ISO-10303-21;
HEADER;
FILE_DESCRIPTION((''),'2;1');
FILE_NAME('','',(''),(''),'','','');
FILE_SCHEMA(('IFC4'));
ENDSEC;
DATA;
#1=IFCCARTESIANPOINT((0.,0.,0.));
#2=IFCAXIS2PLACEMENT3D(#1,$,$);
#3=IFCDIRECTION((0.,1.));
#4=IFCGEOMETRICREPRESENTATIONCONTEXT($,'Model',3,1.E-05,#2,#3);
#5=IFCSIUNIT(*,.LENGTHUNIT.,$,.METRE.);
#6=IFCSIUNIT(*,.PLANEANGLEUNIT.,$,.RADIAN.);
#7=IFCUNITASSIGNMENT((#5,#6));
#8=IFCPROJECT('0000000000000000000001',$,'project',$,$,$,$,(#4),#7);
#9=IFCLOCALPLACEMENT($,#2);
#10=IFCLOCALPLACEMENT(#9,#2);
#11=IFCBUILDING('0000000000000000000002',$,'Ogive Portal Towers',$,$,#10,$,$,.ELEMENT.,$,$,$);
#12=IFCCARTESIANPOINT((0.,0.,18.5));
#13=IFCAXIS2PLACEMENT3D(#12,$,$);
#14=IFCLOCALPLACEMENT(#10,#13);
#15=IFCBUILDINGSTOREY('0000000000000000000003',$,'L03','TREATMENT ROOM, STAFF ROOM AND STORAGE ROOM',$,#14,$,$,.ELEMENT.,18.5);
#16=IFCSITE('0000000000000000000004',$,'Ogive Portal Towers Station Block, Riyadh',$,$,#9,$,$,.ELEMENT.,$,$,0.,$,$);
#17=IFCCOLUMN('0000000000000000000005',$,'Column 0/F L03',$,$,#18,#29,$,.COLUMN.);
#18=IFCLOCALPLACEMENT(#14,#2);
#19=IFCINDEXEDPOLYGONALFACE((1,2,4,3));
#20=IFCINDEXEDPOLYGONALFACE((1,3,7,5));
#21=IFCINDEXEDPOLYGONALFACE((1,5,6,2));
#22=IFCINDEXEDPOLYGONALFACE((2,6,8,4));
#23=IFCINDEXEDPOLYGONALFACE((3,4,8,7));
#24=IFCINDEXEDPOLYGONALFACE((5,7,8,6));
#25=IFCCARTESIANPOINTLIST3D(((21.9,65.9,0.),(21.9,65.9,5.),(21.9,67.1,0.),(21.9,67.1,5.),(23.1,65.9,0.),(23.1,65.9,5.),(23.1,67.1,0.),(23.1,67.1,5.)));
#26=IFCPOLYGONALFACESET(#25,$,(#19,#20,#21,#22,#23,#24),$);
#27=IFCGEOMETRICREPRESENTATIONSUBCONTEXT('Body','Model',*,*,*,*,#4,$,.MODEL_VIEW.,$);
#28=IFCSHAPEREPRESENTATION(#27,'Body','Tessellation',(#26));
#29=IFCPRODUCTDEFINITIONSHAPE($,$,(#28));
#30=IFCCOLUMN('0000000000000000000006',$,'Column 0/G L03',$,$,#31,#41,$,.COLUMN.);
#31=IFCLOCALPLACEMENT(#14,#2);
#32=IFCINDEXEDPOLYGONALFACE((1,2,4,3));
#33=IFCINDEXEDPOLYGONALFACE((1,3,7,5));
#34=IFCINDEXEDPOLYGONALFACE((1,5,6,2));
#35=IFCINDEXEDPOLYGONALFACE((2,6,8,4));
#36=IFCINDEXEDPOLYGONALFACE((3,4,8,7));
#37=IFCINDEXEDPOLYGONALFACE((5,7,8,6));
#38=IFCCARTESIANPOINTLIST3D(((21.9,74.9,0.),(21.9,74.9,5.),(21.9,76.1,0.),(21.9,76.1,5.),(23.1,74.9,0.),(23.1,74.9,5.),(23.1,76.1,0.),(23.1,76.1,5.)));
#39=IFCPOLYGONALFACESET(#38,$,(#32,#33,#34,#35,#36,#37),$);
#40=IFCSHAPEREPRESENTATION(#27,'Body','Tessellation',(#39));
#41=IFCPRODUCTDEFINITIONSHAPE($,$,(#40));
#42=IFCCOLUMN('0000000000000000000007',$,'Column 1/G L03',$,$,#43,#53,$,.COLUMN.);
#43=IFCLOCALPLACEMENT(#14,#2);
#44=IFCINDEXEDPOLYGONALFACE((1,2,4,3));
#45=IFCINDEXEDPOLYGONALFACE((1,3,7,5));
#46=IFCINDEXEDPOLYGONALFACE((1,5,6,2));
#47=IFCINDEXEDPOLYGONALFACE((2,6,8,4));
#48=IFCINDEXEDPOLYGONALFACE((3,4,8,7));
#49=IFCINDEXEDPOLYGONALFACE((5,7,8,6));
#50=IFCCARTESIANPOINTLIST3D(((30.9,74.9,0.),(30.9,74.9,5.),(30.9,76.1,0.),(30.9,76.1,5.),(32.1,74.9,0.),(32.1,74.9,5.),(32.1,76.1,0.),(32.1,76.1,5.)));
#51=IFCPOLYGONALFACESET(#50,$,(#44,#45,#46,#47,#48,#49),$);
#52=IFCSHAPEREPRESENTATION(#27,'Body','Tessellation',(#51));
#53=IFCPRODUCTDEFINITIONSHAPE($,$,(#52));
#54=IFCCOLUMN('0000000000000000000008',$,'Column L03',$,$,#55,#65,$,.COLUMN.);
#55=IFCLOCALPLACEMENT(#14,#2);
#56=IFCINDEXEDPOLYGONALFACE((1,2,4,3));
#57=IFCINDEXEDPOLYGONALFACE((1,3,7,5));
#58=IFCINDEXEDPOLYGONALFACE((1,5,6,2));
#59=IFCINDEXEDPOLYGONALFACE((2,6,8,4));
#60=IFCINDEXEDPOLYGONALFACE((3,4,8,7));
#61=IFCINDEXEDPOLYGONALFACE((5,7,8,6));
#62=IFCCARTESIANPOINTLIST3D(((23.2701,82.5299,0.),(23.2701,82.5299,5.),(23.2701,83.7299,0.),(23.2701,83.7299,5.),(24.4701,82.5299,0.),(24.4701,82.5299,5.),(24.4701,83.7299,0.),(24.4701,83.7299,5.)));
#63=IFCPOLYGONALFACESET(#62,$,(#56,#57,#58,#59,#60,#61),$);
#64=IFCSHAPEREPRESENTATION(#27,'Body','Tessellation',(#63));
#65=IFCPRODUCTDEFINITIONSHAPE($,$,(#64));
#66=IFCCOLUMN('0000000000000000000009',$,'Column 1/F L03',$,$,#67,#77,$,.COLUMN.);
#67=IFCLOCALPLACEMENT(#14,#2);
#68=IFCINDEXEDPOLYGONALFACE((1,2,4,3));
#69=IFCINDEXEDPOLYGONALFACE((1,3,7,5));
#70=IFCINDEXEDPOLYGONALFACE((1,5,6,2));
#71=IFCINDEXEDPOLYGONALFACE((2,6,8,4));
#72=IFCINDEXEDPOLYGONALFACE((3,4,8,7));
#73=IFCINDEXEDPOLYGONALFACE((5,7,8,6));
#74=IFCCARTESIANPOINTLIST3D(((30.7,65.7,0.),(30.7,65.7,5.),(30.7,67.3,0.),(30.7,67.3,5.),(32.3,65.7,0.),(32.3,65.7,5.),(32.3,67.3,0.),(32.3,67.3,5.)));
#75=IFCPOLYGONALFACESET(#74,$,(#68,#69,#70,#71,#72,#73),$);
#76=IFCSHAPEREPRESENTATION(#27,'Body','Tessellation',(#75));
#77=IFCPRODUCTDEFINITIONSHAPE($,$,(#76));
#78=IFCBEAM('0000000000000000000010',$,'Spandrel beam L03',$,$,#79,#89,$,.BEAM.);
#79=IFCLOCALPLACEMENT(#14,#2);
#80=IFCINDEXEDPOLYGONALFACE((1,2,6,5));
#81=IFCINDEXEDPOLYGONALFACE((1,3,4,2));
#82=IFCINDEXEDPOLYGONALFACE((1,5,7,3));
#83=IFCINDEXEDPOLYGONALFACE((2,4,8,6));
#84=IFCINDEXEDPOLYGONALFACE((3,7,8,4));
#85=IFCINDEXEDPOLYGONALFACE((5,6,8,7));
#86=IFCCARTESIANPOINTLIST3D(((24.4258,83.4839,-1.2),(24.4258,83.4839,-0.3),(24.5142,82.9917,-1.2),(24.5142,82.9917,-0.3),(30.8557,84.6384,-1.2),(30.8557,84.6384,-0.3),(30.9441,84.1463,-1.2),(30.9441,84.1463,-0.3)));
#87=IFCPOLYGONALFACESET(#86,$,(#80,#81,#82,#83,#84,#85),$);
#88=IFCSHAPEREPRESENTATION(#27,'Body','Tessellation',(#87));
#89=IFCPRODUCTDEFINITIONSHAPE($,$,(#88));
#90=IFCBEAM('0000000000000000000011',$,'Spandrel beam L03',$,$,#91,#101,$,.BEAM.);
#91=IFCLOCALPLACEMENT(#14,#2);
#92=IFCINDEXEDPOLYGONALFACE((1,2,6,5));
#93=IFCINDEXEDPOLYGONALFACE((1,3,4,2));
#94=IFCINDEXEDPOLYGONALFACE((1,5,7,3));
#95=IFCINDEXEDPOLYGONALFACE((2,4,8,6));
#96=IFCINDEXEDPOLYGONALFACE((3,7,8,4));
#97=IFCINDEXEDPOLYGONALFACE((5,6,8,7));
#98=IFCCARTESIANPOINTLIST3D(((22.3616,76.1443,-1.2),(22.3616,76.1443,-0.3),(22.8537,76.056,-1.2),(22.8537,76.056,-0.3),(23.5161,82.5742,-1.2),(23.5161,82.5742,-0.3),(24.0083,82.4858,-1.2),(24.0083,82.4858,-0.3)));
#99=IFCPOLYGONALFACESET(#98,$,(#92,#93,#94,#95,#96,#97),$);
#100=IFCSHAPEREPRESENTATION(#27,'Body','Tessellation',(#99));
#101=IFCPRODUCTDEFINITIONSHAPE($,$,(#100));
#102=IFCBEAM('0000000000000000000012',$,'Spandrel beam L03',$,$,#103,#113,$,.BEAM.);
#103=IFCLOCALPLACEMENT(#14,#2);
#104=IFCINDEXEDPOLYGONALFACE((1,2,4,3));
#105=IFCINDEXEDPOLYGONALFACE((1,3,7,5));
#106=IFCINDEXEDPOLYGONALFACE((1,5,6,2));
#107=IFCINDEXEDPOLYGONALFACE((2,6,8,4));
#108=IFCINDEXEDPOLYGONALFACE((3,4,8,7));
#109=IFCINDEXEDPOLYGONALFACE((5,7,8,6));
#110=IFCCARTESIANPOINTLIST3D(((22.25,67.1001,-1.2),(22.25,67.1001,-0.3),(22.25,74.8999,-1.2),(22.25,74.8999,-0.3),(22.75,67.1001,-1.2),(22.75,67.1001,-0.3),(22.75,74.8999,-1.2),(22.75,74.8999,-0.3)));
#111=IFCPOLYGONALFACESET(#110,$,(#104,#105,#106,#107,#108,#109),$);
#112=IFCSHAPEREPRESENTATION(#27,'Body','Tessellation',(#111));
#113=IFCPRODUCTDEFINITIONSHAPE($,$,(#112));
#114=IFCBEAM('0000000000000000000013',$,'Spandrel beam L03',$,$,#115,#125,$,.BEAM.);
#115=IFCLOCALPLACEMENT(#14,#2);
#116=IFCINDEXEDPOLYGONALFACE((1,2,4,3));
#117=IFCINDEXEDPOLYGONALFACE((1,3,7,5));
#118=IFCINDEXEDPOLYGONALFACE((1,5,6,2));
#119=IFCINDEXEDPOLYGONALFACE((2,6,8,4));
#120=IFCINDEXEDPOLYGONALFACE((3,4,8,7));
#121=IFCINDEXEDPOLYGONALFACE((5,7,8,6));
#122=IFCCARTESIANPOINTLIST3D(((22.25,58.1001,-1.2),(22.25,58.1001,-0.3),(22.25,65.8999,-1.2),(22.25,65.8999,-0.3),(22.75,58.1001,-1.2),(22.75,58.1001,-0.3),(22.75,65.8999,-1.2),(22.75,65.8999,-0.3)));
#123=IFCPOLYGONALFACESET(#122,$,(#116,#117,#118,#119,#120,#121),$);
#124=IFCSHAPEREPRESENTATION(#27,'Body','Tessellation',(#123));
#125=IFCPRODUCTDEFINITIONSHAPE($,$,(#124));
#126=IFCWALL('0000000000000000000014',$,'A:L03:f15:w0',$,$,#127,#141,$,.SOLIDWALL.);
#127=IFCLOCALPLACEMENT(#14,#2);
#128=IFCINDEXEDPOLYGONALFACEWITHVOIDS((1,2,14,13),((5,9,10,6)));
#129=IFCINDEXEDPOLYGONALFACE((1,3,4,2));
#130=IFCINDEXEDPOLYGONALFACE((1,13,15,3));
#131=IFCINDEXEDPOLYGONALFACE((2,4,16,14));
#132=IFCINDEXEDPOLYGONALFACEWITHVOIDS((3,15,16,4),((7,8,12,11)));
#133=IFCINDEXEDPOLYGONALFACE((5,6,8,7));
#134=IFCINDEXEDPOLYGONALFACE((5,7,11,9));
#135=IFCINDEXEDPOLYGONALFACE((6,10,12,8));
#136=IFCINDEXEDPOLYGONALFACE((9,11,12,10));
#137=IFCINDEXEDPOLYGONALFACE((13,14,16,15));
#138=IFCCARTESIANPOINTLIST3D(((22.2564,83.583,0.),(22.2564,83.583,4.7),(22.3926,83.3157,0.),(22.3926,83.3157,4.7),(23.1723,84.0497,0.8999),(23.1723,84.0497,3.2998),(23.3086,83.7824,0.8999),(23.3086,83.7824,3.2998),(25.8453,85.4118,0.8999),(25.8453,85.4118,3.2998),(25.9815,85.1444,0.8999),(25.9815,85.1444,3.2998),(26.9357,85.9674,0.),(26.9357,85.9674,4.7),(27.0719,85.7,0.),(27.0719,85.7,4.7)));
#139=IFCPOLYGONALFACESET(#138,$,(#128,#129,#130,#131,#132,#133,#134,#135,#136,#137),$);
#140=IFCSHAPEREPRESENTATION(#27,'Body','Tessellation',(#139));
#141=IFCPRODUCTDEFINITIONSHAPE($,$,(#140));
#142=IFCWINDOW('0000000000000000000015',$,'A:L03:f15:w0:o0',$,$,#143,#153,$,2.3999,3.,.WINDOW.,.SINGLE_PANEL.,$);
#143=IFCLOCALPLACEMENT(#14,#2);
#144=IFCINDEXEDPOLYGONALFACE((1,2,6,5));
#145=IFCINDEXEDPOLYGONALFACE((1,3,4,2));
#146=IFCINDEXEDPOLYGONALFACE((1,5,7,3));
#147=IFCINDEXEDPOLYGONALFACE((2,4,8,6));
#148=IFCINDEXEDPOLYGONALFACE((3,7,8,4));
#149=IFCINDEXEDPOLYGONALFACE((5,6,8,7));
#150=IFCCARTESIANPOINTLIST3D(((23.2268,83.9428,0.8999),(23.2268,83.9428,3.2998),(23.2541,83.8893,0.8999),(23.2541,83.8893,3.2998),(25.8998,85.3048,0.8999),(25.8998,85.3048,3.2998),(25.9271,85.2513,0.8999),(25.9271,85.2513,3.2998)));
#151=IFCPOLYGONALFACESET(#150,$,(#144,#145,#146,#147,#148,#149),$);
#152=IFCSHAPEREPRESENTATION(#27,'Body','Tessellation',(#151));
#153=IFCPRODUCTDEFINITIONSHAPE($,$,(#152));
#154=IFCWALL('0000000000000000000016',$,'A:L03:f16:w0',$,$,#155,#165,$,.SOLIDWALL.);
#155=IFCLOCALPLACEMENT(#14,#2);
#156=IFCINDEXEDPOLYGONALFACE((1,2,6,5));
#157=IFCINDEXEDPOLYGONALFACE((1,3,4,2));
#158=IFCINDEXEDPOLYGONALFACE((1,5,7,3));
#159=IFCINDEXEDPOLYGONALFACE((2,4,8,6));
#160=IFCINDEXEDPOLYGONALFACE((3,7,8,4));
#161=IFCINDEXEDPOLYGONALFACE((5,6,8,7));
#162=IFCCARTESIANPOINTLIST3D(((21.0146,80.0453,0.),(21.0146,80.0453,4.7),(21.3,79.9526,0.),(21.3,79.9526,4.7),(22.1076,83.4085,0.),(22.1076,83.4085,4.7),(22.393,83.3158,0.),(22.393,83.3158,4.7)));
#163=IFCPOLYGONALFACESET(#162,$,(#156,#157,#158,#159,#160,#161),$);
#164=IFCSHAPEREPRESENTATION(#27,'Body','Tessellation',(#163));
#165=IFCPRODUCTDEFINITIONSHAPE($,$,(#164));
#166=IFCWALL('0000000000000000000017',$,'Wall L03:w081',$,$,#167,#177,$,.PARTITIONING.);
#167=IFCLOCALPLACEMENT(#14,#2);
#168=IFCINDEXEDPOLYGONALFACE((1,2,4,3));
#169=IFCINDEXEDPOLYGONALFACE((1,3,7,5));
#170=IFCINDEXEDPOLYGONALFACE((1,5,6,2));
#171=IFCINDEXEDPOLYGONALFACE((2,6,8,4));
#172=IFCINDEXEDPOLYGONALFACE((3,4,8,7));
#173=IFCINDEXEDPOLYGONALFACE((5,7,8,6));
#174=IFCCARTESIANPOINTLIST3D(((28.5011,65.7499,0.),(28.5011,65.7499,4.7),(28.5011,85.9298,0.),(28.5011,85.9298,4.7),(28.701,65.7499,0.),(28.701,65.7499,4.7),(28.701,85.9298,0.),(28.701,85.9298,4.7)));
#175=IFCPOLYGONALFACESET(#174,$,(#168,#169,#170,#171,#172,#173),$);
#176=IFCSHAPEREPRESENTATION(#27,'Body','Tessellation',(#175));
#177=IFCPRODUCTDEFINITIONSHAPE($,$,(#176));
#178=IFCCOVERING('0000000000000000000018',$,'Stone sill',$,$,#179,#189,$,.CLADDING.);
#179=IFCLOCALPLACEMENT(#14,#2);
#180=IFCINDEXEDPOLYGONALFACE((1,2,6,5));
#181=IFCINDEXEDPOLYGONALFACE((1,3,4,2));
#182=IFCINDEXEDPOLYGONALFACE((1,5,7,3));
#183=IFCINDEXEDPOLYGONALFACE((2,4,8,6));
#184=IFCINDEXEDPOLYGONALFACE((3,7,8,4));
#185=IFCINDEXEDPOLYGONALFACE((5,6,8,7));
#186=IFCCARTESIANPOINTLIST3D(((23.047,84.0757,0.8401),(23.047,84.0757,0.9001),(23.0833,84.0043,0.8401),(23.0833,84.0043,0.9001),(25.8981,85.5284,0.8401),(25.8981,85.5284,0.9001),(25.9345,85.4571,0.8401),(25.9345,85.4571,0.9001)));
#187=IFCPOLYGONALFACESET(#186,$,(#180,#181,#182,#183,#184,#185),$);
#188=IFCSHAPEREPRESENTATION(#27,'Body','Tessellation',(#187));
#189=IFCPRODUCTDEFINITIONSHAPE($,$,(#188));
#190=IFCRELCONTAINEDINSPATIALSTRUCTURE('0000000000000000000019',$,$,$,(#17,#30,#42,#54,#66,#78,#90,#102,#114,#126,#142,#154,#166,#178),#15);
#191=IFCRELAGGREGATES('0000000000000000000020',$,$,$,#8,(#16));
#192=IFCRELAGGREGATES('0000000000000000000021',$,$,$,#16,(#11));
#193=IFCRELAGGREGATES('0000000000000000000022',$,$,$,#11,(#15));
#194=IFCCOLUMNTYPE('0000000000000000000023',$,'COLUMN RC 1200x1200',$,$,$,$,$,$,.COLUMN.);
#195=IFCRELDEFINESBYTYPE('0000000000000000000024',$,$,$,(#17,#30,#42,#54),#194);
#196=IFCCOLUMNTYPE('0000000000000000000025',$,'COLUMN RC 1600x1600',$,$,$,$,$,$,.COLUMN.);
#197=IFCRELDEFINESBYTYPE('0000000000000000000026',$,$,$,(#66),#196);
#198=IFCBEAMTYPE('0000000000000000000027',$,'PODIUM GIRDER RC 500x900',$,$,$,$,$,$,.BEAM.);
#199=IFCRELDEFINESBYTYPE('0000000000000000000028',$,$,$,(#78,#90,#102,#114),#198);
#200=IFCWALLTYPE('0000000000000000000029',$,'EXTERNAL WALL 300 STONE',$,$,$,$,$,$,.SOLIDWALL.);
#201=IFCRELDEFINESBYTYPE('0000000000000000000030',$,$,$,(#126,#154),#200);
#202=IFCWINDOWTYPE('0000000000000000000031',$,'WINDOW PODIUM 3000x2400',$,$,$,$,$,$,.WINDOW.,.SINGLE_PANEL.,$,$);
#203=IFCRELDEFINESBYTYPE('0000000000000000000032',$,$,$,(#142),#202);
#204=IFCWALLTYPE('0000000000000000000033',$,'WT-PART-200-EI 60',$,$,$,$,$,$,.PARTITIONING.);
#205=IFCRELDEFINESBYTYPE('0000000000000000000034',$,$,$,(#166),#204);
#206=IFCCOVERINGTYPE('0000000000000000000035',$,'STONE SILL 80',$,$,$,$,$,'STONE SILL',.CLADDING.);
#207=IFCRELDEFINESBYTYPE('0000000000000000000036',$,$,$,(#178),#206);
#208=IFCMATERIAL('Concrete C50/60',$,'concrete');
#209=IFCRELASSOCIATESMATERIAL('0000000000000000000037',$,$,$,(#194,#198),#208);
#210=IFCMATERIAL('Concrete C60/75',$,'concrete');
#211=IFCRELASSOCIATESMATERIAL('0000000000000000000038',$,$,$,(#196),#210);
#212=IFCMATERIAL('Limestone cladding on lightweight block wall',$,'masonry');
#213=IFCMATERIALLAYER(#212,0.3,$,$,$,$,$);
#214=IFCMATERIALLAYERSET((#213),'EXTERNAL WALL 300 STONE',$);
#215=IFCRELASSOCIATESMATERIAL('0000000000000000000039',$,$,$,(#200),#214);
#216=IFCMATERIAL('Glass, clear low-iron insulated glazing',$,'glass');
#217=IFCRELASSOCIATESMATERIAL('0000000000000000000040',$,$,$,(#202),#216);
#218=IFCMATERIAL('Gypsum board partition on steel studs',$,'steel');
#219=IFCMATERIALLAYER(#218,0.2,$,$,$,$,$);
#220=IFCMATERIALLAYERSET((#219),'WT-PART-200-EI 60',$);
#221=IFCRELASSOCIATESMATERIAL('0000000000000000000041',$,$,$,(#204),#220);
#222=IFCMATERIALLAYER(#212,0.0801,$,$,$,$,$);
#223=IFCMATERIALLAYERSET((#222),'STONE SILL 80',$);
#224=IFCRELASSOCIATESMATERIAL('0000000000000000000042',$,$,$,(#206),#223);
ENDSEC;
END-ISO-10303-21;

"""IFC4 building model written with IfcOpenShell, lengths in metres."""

from ifc_helpers import new_model, si_unit, direction, frame, frame_2d, origin, origin_2d, place, context, subcontext, project, spatial, rectangle, extrude, material, layer, layer_set, material_profile, profile_set, type_object, element, fill, save


model = new_model("IFC4")

# Units and contexts
model_context = context("Model", 3, precision=1e-05, world=origin(), true_north=direction((0.0, 1.0)))
body_context = subcontext(model_context, "Body", "Model", "MODEL_VIEW")
ifc_project = project(units=[si_unit("LENGTHUNIT", "METRE"), si_unit("PLANEANGLEUNIT", "RADIAN")], contexts=[model_context])

# Site, building, storey
site_placement = place(None, origin())
site = spatial("IfcSite", under=ifc_project, at=site_placement, Name="Ogive Portal Towers Station Block, Riyadh", CompositionType="ELEMENT", RefElevation=0.0)
building_placement = place(site_placement, origin())
building = spatial("IfcBuilding", under=site, at=building_placement, Name="Ogive Portal Towers", CompositionType="ELEMENT")
storey_placement = place(building_placement, frame((0.0, 0.0, 18.5)))
storey = spatial("IfcBuildingStorey", under=building, at=storey_placement, Name="L03", Description="TREATMENT ROOM, STAFF ROOM AND STORAGE ROOM", CompositionType="ELEMENT", Elevation=18.5)

# Columns
ifc_material_1 = material(Name="Concrete C50/60", Category="concrete")
ifc_material_profile_1 = material_profile(ifc_material_1, rectangle(XDim=1.2, YDim=1.2, at=origin_2d()), Name="RC 1200x1200")
ifc_profile_set_1 = profile_set([ifc_material_profile_1], Name="Concrete C50/60")
column_type_1 = type_object("IfcColumnType", Name="COLUMN RC 1200x1200", PredefinedType="COLUMN", material=ifc_profile_set_1)
for number, where, z_axis, x_axis, name in (
    (1, (22.5, 66.5, 0.0), (0.0, 0.0, 1.0), (1.0, 0.0, 0.0), "Column 0/F L03"),
    (2, (22.5, 75.5, 0.0), (0.0, 0.0, 1.0), (1.0, 0.0, 0.0), "Column 0/G L03"),
    (3, (31.5, 75.5, 0.0), (0.0, 0.0, 1.0), (1.0, 0.0, 0.0), "Column 1/G L03"),
    (4, (23.8701, 83.1299, 0.0), (0.0, 0.0, 1.0), (1.0, 0.0, 0.0), "Column L03"),
):
    element("IfcColumn", number, at=place(storey_placement, frame(where, z_axis=z_axis, x_axis=x_axis)), inside=storey, type_object=column_type_1, Name=name, PredefinedType="COLUMN", context=body_context, shape_type="SweptSolid", body=[
        extrude(rectangle(XDim=1.2, YDim=1.2, at=origin_2d()), origin(), (0.0, 0.0, 1.0), 5.0),
    ])
ifc_material_2 = material(Name="Concrete C60/75", Category="concrete")
ifc_material_profile_2 = material_profile(ifc_material_2, rectangle(XDim=1.6001, YDim=1.6001, at=origin_2d()), Name="RC 1600x1600")
ifc_profile_set_2 = profile_set([ifc_material_profile_2], Name="Concrete C60/75")
column_type_2 = type_object("IfcColumnType", Name="COLUMN RC 1600x1600", PredefinedType="COLUMN", material=ifc_profile_set_2)
column_placement = place(storey_placement, frame((31.5, 66.5, 0.0), z_axis=(0.0, 0.0, 1.0), x_axis=(1.0, 0.0, 0.0)))
element("IfcColumn", 5, at=column_placement, inside=storey, type_object=column_type_2, Name="Column 1/F L03", PredefinedType="COLUMN", context=body_context, shape_type="SweptSolid", body=[
    extrude(rectangle(XDim=1.6001, YDim=1.6001, at=origin_2d()), origin(), (0.0, 0.0, 1.0), 5.0),
])

# Beams
ifc_material_profile_3 = material_profile(ifc_material_1, rectangle(XDim=0.5, YDim=0.8999, at=origin_2d()), Name="RC 500x900")
ifc_profile_set_3 = profile_set([ifc_material_profile_3], Name="Concrete C50/60")
beam_type = type_object("IfcBeamType", Name="PODIUM GIRDER RC 500x900", PredefinedType="BEAM", material=ifc_profile_set_3)
for number, where, z_axis, x_axis, name in (
    (6, (30.8999, 84.3923, -0.75), (-0.984259, -0.176731, 0.0), (0.176731, -0.984259, 0.0), "Spandrel beam L03"),
    (7, (23.7622, 82.53, -0.75), (-0.176731, -0.984259, 0.0), (0.984259, -0.176731, 0.0), "Spandrel beam L03"),
):
    element("IfcBeam", number, at=place(storey_placement, frame(where, z_axis=z_axis, x_axis=x_axis)), inside=storey, type_object=beam_type, Name=name, PredefinedType="BEAM", context=body_context, shape_type="SweptSolid", body=[
        extrude(rectangle(XDim=0.5, YDim=0.8999, at=origin_2d()), origin(), (0.0, 0.0, 1.0), 6.5327),
    ])
for number, where, z_axis, x_axis, name in (
    (8, (22.5, 74.8999, -0.75), (0.0, -1.0, 0.0), (1.0, 0.0, 0.0), "Spandrel beam L03"),
    (9, (22.5, 65.8999, -0.75), (0.0, -1.0, 0.0), (1.0, 0.0, 0.0), "Spandrel beam L03"),
):
    element("IfcBeam", number, at=place(storey_placement, frame(where, z_axis=z_axis, x_axis=x_axis)), inside=storey, type_object=beam_type, Name=name, PredefinedType="BEAM", context=body_context, shape_type="SweptSolid", body=[
        extrude(rectangle(XDim=0.5, YDim=0.8999, at=origin_2d()), origin(), (0.0, 0.0, 1.0), 7.7998),
    ])

# Wall, opening, window
ifc_material_3 = material(Name="Limestone cladding on lightweight block wall", Category="masonry")
ifc_layer_1 = layer(ifc_material_3, 0.3)
ifc_layer_set_1 = layer_set([ifc_layer_1], Name="EXTERNAL WALL 300 STONE")
wall_type_1 = type_object("IfcWallType", Name="EXTERNAL WALL 300 STONE", PredefinedType="SOLIDWALL", material=ifc_layer_set_1)
wall_1_placement = place(storey_placement, frame((27.0039, 85.8337, 0.0), z_axis=(0.0, 0.0, 1.0), x_axis=(-0.890998, -0.454007, 0.0)))
wall_1 = element("IfcWall", 10, at=wall_1_placement, inside=storey, type_object=wall_type_1, Name="A:L03:f15:w0", PredefinedType="SOLIDWALL", context=body_context, shape_type="SweptSolid", body=[
    extrude(rectangle(XDim=5.2517, YDim=0.3, at=frame_2d((2.626, 0.0))), origin(), (0.0, 0.0, 1.0), 4.7),
])
opening_1_placement = place(wall_1_placement, frame((1.2239, 0.0, 0.8999)))
opening_1 = element("IfcOpeningElement", 11, at=opening_1_placement, cuts=wall_1, PredefinedType="OPENING", context=body_context, shape_type="SweptSolid", body=[
    extrude(rectangle(XDim=3.0, YDim=2.3999, at=frame_2d((1.5, 1.2))), frame((0.0, 0.1602, 0.0), z_axis=(0.0, -1.0, 0.0), x_axis=(1.0, 0.0, 0.0)), (0.0, 0.0, 1.0), 0.3201),
])
ifc_material_4 = material(Name="Glass, clear low-iron insulated glazing", Category="glass")
window_type = type_object("IfcWindowType", Name="WINDOW PODIUM 3000x2400", PartitioningType="SINGLE_PANEL", PredefinedType="WINDOW", material=ifc_material_4)
window_1_placement = place(opening_1_placement, origin())
window_1 = element("IfcWindow", 12, at=window_1_placement, inside=storey, type_object=window_type, Name="A:L03:f15:w0:o0", OverallHeight=2.3999, OverallWidth=3.0, PartitioningType="SINGLE_PANEL", PredefinedType="WINDOW", context=body_context, shape_type="SweptSolid", body=[
    extrude(rectangle(XDim=3.0, YDim=2.3999, at=frame_2d((1.5, 1.2))), frame((0.0, 0.03, 0.0), z_axis=(0.0, -1.0, 0.0), x_axis=(1.0, 0.0, 0.0)), (0.0, 0.0, 1.0), 0.0601),
])
fill(opening_1, window_1)

# Wall
wall_2_placement = place(storey_placement, frame((22.2502, 83.3621, 0.0), z_axis=(0.0, 0.0, 1.0), x_axis=(-0.309074, -0.951038, 0.0)))
element("IfcWall", 13, at=wall_2_placement, inside=storey, type_object=wall_type_1, Name="A:L03:f16:w0", PredefinedType="SOLIDWALL", context=body_context, shape_type="SweptSolid", body=[
    extrude(rectangle(XDim=3.5364, YDim=0.3, at=frame_2d((1.7681, 0.0))), origin(), (0.0, 0.0, 1.0), 4.7),
])

# Wall
ifc_material_5 = material(Name="Gypsum board partition on steel studs", Category="steel")
ifc_layer_2 = layer(ifc_material_5, 0.2)
ifc_layer_set_2 = layer_set([ifc_layer_2], Name="WT-PART-200-EI 60")
wall_type_2 = type_object("IfcWallType", Name="WT-PART-200-EI 60", PredefinedType="PARTITIONING", material=ifc_layer_set_2)
wall_3_placement = place(storey_placement, frame((28.6011, 65.75, 0.0), z_axis=(0.0, 0.0, 1.0), x_axis=(0.0, 1.0, 0.0)))
element("IfcWall", 14, at=wall_3_placement, inside=storey, type_object=wall_type_2, Name="Wall L03:w081", PredefinedType="PARTITIONING", context=body_context, shape_type="SweptSolid", body=[
    extrude(rectangle(XDim=20.1799, YDim=0.2, at=frame_2d((10.0898, 0.0))), origin(), (0.0, 0.0, 1.0), 4.7),
])

# Covering
ifc_layer_3 = layer(ifc_material_3, 0.0801)
ifc_layer_set_3 = layer_set([ifc_layer_3], Name="STONE SILL 80")
covering_type = type_object("IfcCoveringType", Name="STONE SILL 80", ElementType="STONE SILL", PredefinedType="CLADDING", material=ifc_layer_set_3)
for number, where, z_axis, x_axis, name in (
    (15, (24.4907, 84.7664, 0.8401), (0.0, 0.0, 1.0), (-0.891007, -0.45399, 0.0), "Stone sill"),
):
    element("IfcCovering", number, at=place(storey_placement, frame(where, z_axis=z_axis, x_axis=x_axis)), inside=storey, type_object=covering_type, Name=name, PredefinedType="CLADDING", context=body_context, shape_type="SweptSolid", body=[
        extrude(rectangle(XDim=3.2, YDim=0.0801, at=origin_2d()), origin(), (0.0, 0.0, 1.0), 0.0601),
    ])

save(model, "model.ifc")
